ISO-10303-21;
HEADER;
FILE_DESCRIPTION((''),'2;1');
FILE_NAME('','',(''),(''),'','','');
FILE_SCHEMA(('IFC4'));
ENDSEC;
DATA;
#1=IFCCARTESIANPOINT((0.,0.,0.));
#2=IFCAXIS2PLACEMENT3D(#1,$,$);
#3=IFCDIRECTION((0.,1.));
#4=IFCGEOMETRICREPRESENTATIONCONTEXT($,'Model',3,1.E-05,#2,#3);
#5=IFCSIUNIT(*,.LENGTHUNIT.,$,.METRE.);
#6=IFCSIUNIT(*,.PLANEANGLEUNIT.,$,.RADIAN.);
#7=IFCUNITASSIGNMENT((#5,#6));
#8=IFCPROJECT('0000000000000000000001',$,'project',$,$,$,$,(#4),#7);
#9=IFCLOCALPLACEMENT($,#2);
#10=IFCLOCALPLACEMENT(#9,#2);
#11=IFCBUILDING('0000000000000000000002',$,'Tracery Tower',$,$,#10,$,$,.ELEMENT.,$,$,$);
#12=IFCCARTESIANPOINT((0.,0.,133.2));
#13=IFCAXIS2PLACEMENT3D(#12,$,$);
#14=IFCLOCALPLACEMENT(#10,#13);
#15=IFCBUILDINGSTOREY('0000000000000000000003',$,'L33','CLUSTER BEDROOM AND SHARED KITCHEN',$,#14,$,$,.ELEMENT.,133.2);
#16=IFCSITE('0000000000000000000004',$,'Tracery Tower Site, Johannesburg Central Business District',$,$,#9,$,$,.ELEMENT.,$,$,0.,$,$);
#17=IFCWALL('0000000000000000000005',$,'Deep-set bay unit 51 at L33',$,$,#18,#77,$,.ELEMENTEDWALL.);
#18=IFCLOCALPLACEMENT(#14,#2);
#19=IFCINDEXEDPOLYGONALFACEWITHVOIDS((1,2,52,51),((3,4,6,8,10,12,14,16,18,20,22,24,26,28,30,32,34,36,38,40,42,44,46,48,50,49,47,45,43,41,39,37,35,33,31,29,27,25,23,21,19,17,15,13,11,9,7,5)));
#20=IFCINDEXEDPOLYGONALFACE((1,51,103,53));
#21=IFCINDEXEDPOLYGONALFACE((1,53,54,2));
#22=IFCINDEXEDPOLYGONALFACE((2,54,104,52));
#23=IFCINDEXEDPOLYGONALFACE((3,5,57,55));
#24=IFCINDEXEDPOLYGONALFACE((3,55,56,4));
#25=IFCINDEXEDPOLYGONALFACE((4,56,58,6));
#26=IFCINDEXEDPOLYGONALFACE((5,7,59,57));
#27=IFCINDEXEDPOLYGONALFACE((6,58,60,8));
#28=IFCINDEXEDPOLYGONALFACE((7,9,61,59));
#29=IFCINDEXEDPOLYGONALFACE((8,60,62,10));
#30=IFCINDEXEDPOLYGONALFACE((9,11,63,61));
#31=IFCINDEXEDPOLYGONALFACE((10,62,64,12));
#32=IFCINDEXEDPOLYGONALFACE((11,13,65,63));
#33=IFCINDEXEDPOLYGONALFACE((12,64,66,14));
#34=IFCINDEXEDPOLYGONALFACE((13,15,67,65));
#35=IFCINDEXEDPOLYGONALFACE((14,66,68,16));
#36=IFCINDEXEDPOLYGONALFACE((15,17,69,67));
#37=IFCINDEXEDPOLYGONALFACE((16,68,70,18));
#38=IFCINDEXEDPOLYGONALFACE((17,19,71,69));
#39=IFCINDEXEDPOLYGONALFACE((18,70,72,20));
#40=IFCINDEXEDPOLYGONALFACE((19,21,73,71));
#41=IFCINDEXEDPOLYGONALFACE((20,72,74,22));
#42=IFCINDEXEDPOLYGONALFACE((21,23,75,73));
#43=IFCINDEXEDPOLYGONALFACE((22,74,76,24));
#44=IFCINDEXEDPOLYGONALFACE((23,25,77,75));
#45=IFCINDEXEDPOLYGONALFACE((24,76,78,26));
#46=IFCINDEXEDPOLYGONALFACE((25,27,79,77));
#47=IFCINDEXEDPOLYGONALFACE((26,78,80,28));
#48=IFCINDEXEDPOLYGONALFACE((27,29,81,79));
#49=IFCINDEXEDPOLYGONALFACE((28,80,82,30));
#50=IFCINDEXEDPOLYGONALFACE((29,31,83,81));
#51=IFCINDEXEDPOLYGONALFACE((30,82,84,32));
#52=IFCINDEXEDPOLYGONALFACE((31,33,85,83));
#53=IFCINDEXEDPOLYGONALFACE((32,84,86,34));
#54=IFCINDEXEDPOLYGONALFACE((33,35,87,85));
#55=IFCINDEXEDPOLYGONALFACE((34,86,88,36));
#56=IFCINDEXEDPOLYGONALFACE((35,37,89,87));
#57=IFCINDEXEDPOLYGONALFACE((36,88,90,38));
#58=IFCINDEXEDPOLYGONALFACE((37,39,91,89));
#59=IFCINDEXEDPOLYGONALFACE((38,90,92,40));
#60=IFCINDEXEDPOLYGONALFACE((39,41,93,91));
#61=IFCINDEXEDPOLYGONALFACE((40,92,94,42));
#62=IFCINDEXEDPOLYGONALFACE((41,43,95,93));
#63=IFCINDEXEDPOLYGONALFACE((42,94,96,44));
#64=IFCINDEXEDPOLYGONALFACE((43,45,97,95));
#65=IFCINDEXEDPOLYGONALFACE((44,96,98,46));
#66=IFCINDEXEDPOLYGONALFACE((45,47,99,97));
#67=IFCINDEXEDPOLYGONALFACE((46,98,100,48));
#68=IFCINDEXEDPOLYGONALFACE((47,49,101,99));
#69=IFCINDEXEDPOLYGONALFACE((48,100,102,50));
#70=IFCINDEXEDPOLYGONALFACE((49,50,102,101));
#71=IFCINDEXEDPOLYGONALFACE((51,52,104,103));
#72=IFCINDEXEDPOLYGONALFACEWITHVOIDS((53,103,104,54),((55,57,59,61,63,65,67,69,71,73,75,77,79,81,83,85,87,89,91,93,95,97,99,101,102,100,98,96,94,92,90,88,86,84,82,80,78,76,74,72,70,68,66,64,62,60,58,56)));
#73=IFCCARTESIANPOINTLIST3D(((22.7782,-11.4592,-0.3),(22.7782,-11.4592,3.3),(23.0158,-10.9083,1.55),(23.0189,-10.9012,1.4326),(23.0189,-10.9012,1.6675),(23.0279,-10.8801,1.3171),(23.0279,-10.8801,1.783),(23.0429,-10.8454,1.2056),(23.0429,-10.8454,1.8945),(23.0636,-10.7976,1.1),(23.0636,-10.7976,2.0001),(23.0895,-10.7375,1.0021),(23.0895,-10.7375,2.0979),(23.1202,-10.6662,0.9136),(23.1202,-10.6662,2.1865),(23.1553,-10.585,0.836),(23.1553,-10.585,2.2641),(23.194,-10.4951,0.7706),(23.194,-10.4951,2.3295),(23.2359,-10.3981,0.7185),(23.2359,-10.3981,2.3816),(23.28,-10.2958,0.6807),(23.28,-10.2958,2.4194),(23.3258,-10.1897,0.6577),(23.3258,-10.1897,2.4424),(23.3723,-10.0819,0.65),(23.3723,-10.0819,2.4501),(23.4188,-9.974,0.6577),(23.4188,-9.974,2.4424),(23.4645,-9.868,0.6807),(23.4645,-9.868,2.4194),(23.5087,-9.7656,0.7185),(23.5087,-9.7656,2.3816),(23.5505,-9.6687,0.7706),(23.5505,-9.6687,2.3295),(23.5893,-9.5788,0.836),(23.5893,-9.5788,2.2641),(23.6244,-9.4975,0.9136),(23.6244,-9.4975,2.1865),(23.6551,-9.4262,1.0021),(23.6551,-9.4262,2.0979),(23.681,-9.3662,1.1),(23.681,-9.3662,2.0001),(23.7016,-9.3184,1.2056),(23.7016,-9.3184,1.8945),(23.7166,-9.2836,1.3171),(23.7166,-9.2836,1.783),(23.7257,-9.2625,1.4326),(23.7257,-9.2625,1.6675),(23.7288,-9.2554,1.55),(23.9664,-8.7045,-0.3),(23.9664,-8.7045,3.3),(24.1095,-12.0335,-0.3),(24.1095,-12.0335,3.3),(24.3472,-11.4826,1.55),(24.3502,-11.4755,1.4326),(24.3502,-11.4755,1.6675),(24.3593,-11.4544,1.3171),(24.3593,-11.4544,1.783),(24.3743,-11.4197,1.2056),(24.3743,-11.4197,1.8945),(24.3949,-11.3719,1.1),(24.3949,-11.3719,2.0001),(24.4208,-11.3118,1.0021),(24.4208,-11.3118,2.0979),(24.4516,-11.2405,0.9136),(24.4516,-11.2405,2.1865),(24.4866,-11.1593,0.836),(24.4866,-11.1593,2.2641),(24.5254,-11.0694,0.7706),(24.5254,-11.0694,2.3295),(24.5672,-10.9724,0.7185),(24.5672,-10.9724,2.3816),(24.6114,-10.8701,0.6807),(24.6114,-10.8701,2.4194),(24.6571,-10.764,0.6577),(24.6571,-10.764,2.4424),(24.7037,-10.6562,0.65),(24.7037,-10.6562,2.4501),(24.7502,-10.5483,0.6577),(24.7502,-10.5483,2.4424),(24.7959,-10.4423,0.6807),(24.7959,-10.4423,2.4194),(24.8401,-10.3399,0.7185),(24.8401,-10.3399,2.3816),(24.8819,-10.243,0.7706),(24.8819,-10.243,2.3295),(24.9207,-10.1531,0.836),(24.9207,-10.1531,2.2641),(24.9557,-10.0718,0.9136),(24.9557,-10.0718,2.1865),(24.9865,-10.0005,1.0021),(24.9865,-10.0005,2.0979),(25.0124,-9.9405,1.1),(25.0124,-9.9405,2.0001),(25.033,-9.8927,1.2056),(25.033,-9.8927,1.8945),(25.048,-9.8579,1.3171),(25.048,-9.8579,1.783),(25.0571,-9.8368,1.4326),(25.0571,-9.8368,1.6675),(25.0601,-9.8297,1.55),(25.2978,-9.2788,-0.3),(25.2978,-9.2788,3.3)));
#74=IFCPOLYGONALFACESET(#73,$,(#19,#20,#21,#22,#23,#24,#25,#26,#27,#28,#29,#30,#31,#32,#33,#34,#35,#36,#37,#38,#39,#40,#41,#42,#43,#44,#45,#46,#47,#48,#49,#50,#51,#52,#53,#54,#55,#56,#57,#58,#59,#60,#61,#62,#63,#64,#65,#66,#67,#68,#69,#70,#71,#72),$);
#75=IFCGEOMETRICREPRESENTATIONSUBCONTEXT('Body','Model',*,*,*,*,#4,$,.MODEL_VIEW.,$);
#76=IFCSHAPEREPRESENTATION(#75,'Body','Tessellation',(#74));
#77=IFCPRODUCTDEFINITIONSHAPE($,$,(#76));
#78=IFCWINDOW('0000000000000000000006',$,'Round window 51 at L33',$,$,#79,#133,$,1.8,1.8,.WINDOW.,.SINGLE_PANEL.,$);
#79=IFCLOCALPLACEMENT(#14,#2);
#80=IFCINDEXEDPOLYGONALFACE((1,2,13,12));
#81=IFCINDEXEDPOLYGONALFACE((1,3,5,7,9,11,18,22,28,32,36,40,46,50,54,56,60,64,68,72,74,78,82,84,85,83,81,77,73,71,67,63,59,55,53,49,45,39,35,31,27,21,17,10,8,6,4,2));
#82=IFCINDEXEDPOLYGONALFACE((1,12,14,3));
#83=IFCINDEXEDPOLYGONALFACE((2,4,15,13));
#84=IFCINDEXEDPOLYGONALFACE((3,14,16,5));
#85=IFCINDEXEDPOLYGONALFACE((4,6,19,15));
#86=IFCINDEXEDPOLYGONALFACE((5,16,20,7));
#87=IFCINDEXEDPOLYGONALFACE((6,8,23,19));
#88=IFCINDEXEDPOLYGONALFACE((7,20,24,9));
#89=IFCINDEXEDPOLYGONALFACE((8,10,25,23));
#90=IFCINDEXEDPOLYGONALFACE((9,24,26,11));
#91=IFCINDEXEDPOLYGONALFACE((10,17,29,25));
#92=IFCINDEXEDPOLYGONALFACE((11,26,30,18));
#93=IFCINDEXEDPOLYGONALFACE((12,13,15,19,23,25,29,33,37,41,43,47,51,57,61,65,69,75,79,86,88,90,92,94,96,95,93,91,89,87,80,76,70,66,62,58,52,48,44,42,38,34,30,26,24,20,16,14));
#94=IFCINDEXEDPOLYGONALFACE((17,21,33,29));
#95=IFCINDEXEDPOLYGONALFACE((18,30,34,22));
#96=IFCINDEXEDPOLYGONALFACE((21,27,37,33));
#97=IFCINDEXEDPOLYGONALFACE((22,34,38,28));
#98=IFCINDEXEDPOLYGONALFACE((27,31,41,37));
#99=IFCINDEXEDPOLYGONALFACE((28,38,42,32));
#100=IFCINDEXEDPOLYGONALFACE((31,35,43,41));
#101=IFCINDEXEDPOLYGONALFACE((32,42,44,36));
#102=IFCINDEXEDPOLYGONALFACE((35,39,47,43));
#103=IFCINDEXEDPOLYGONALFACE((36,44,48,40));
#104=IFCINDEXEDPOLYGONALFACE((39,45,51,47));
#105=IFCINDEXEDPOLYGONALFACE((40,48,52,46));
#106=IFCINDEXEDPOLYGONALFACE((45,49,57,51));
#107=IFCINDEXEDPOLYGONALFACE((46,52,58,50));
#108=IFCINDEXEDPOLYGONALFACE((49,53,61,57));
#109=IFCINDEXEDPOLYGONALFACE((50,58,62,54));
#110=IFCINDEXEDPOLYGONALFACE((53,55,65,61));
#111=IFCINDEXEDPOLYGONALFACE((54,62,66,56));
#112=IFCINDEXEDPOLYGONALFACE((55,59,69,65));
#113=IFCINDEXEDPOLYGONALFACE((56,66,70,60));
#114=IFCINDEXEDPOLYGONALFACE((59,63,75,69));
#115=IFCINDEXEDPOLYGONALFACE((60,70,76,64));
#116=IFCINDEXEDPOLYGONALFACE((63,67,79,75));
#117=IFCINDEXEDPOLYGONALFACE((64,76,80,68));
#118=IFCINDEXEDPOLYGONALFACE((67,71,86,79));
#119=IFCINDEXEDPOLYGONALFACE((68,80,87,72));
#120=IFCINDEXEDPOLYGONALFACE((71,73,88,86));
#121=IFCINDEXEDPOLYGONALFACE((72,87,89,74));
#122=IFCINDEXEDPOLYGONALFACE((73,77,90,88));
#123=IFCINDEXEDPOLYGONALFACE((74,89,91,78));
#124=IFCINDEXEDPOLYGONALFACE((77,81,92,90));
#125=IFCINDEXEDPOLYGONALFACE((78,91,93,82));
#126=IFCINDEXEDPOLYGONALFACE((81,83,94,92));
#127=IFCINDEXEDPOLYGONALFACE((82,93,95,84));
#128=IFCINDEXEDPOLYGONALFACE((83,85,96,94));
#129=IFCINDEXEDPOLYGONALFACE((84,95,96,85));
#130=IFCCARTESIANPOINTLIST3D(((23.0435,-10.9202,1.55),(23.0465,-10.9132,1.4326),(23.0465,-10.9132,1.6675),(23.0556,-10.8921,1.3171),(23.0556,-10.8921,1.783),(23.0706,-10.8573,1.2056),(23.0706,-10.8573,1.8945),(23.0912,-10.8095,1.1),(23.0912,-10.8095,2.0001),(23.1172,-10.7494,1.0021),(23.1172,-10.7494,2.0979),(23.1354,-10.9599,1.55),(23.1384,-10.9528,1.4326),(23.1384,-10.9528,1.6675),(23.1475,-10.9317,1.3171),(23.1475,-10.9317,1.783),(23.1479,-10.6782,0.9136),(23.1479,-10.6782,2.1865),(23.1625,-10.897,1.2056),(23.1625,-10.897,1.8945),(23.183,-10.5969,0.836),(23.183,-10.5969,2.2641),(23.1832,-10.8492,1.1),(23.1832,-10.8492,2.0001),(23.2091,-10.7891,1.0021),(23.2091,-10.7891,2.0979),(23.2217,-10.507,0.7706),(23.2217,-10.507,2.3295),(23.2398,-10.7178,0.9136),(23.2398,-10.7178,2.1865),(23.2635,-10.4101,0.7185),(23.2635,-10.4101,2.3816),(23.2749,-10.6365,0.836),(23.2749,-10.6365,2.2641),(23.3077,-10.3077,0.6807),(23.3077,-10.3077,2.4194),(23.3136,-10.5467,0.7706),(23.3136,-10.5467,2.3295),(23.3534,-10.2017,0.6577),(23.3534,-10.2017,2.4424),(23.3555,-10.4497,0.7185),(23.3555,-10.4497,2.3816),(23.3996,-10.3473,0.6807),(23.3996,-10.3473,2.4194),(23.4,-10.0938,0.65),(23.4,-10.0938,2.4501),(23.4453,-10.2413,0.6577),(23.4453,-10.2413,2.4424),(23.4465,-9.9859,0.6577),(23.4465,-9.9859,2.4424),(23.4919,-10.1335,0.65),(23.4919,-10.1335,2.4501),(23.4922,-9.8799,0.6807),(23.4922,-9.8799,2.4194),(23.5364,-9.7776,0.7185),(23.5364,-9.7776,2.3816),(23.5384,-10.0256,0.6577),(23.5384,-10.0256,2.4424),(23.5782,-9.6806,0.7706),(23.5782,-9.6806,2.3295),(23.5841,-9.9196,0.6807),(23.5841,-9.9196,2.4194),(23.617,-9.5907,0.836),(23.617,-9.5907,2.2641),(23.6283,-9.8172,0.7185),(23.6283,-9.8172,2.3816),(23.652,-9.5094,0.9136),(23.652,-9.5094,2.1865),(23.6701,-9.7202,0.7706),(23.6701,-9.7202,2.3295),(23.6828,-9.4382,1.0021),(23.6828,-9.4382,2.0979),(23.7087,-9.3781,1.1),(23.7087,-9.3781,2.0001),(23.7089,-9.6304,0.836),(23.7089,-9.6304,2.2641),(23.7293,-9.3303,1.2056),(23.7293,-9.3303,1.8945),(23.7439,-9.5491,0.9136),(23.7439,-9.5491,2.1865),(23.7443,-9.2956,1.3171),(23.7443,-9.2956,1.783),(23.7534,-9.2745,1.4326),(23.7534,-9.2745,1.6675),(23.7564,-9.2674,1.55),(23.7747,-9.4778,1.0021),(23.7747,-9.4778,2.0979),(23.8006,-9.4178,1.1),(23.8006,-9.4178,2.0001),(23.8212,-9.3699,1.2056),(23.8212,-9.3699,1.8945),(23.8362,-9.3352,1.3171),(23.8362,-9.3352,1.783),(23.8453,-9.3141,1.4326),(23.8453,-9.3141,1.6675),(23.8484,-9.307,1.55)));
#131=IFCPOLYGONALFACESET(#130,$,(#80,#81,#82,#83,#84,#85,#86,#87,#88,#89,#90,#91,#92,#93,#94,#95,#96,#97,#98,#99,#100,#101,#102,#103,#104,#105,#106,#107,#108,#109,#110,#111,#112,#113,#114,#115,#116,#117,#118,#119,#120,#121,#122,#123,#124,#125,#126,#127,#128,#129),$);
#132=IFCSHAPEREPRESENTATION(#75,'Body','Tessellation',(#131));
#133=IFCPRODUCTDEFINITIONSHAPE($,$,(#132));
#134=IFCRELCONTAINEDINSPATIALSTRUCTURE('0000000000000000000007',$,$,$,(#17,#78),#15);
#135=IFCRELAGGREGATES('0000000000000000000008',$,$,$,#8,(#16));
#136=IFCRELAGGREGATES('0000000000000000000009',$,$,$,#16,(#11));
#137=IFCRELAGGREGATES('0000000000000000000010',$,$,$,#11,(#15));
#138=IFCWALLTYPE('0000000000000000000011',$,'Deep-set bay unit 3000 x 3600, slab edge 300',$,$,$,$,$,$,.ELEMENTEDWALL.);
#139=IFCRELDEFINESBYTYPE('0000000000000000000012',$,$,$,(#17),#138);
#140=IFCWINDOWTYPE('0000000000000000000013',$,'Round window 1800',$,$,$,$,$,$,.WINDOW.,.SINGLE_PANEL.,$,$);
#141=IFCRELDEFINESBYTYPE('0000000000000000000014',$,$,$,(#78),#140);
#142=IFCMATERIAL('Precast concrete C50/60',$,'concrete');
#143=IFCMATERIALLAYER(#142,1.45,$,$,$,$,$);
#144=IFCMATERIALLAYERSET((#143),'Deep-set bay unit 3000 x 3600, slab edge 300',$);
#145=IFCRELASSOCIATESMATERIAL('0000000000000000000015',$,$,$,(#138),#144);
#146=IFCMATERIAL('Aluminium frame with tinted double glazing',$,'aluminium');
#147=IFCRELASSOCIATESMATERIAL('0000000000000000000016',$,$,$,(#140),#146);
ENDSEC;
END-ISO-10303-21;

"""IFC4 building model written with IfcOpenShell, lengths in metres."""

from ifc_helpers import new_model, si_unit, direction, frame, frame_2d, origin, origin_2d, place, context, subcontext, project, spatial, rectangle, circle, extrude, material, layer, layer_set, type_object, element, fill, save


model = new_model("IFC4")

# Units and contexts
model_context = context("Model", 3, precision=1e-05, world=origin(), true_north=direction((0.0, 1.0)))
body_context = subcontext(model_context, "Body", "Model", "MODEL_VIEW")
ifc_project = project(units=[si_unit("LENGTHUNIT", "METRE"), si_unit("PLANEANGLEUNIT", "RADIAN")], contexts=[model_context])

# Site, building, storey
site_placement = place(None, origin())
site = spatial("IfcSite", under=ifc_project, at=site_placement, Name="Tracery Tower Site, Johannesburg Central Business District", CompositionType="ELEMENT", RefElevation=0.0)
building_placement = place(site_placement, origin())
building = spatial("IfcBuilding", under=site, at=building_placement, Name="Tracery Tower", CompositionType="ELEMENT")
storey_placement = place(building_placement, frame((0.0, 0.0, 133.2)))
storey = spatial("IfcBuildingStorey", under=building, at=storey_placement, Name="L33", Description="CLUSTER BEDROOM AND SHARED KITCHEN", CompositionType="ELEMENT", Elevation=133.2)

# Wall, opening, window
ifc_material_1 = material(Name="Precast concrete C50/60", Category="concrete")
ifc_layer_1 = layer(ifc_material_1, 1.45)
ifc_layer_set_1 = layer_set([ifc_layer_1], Name="Deep-set bay unit 3000 x 3600, slab edge 300")
wall_type_1 = type_object("IfcWallType", Name="Deep-set bay unit 3000 x 3600, slab edge 300", PredefinedType="ELEMENTEDWALL", material=ifc_layer_set_1)
ifc_material_2 = material(Name="Aluminium frame with tinted double glazing", Category="aluminium")
window_type = type_object("IfcWindowType", Name="Round window 1800", PartitioningType="SINGLE_PANEL", PredefinedType="WINDOW", material=ifc_material_2)
wall_1_placement = place(storey_placement, frame((23.4438, -11.7463, -0.3), z_axis=(0.0, 0.0, 1.0), x_axis=(0.396079, 0.918216, 0.0)))
wall_1 = element("IfcWall", 1, at=wall_1_placement, inside=storey, type_object=wall_type_1, Name="Deep-set bay unit 51 at L33", PredefinedType="ELEMENTEDWALL", context=body_context, shape_type="SweptSolid", body=[
    extrude(rectangle(XDim=3.0, YDim=1.45, at=frame_2d((1.5, 0.0))), origin(), (0.0, 0.0, 1.0), 3.6001),
])
opening_1_placement = place(wall_1_placement, frame((1.5, 0.0, 1.8501)))
opening_1 = element("IfcOpeningElement", 2, at=opening_1_placement, cuts=wall_1, PredefinedType="OPENING", context=body_context, shape_type="SweptSolid", body=[
    extrude(circle(Radius=0.9, at=origin_2d()), frame((0.0, 0.7349, 0.0), z_axis=(0.0, -1.0, 0.0), x_axis=(1.0, 0.0, 0.0)), (0.0, 0.0, 1.0), 1.47),
])
window_1_placement = place(opening_1_placement, origin())
window_1 = element("IfcWindow", 3, at=window_1_placement, inside=storey, type_object=window_type, Name="Round window 51 at L33", OverallHeight=1.8, OverallWidth=1.8, PartitioningType="SINGLE_PANEL", PredefinedType="WINDOW", context=body_context, shape_type="SweptSolid", body=[
    extrude(circle(Radius=0.9, at=origin_2d()), frame((0.0, 0.6948, 0.0), z_axis=(0.0, -1.0, 0.0), x_axis=(1.0, 0.0, 0.0)), (0.0, 0.0, 1.0), 0.1001),
])
fill(opening_1, window_1)

save(model, "model.ifc")
